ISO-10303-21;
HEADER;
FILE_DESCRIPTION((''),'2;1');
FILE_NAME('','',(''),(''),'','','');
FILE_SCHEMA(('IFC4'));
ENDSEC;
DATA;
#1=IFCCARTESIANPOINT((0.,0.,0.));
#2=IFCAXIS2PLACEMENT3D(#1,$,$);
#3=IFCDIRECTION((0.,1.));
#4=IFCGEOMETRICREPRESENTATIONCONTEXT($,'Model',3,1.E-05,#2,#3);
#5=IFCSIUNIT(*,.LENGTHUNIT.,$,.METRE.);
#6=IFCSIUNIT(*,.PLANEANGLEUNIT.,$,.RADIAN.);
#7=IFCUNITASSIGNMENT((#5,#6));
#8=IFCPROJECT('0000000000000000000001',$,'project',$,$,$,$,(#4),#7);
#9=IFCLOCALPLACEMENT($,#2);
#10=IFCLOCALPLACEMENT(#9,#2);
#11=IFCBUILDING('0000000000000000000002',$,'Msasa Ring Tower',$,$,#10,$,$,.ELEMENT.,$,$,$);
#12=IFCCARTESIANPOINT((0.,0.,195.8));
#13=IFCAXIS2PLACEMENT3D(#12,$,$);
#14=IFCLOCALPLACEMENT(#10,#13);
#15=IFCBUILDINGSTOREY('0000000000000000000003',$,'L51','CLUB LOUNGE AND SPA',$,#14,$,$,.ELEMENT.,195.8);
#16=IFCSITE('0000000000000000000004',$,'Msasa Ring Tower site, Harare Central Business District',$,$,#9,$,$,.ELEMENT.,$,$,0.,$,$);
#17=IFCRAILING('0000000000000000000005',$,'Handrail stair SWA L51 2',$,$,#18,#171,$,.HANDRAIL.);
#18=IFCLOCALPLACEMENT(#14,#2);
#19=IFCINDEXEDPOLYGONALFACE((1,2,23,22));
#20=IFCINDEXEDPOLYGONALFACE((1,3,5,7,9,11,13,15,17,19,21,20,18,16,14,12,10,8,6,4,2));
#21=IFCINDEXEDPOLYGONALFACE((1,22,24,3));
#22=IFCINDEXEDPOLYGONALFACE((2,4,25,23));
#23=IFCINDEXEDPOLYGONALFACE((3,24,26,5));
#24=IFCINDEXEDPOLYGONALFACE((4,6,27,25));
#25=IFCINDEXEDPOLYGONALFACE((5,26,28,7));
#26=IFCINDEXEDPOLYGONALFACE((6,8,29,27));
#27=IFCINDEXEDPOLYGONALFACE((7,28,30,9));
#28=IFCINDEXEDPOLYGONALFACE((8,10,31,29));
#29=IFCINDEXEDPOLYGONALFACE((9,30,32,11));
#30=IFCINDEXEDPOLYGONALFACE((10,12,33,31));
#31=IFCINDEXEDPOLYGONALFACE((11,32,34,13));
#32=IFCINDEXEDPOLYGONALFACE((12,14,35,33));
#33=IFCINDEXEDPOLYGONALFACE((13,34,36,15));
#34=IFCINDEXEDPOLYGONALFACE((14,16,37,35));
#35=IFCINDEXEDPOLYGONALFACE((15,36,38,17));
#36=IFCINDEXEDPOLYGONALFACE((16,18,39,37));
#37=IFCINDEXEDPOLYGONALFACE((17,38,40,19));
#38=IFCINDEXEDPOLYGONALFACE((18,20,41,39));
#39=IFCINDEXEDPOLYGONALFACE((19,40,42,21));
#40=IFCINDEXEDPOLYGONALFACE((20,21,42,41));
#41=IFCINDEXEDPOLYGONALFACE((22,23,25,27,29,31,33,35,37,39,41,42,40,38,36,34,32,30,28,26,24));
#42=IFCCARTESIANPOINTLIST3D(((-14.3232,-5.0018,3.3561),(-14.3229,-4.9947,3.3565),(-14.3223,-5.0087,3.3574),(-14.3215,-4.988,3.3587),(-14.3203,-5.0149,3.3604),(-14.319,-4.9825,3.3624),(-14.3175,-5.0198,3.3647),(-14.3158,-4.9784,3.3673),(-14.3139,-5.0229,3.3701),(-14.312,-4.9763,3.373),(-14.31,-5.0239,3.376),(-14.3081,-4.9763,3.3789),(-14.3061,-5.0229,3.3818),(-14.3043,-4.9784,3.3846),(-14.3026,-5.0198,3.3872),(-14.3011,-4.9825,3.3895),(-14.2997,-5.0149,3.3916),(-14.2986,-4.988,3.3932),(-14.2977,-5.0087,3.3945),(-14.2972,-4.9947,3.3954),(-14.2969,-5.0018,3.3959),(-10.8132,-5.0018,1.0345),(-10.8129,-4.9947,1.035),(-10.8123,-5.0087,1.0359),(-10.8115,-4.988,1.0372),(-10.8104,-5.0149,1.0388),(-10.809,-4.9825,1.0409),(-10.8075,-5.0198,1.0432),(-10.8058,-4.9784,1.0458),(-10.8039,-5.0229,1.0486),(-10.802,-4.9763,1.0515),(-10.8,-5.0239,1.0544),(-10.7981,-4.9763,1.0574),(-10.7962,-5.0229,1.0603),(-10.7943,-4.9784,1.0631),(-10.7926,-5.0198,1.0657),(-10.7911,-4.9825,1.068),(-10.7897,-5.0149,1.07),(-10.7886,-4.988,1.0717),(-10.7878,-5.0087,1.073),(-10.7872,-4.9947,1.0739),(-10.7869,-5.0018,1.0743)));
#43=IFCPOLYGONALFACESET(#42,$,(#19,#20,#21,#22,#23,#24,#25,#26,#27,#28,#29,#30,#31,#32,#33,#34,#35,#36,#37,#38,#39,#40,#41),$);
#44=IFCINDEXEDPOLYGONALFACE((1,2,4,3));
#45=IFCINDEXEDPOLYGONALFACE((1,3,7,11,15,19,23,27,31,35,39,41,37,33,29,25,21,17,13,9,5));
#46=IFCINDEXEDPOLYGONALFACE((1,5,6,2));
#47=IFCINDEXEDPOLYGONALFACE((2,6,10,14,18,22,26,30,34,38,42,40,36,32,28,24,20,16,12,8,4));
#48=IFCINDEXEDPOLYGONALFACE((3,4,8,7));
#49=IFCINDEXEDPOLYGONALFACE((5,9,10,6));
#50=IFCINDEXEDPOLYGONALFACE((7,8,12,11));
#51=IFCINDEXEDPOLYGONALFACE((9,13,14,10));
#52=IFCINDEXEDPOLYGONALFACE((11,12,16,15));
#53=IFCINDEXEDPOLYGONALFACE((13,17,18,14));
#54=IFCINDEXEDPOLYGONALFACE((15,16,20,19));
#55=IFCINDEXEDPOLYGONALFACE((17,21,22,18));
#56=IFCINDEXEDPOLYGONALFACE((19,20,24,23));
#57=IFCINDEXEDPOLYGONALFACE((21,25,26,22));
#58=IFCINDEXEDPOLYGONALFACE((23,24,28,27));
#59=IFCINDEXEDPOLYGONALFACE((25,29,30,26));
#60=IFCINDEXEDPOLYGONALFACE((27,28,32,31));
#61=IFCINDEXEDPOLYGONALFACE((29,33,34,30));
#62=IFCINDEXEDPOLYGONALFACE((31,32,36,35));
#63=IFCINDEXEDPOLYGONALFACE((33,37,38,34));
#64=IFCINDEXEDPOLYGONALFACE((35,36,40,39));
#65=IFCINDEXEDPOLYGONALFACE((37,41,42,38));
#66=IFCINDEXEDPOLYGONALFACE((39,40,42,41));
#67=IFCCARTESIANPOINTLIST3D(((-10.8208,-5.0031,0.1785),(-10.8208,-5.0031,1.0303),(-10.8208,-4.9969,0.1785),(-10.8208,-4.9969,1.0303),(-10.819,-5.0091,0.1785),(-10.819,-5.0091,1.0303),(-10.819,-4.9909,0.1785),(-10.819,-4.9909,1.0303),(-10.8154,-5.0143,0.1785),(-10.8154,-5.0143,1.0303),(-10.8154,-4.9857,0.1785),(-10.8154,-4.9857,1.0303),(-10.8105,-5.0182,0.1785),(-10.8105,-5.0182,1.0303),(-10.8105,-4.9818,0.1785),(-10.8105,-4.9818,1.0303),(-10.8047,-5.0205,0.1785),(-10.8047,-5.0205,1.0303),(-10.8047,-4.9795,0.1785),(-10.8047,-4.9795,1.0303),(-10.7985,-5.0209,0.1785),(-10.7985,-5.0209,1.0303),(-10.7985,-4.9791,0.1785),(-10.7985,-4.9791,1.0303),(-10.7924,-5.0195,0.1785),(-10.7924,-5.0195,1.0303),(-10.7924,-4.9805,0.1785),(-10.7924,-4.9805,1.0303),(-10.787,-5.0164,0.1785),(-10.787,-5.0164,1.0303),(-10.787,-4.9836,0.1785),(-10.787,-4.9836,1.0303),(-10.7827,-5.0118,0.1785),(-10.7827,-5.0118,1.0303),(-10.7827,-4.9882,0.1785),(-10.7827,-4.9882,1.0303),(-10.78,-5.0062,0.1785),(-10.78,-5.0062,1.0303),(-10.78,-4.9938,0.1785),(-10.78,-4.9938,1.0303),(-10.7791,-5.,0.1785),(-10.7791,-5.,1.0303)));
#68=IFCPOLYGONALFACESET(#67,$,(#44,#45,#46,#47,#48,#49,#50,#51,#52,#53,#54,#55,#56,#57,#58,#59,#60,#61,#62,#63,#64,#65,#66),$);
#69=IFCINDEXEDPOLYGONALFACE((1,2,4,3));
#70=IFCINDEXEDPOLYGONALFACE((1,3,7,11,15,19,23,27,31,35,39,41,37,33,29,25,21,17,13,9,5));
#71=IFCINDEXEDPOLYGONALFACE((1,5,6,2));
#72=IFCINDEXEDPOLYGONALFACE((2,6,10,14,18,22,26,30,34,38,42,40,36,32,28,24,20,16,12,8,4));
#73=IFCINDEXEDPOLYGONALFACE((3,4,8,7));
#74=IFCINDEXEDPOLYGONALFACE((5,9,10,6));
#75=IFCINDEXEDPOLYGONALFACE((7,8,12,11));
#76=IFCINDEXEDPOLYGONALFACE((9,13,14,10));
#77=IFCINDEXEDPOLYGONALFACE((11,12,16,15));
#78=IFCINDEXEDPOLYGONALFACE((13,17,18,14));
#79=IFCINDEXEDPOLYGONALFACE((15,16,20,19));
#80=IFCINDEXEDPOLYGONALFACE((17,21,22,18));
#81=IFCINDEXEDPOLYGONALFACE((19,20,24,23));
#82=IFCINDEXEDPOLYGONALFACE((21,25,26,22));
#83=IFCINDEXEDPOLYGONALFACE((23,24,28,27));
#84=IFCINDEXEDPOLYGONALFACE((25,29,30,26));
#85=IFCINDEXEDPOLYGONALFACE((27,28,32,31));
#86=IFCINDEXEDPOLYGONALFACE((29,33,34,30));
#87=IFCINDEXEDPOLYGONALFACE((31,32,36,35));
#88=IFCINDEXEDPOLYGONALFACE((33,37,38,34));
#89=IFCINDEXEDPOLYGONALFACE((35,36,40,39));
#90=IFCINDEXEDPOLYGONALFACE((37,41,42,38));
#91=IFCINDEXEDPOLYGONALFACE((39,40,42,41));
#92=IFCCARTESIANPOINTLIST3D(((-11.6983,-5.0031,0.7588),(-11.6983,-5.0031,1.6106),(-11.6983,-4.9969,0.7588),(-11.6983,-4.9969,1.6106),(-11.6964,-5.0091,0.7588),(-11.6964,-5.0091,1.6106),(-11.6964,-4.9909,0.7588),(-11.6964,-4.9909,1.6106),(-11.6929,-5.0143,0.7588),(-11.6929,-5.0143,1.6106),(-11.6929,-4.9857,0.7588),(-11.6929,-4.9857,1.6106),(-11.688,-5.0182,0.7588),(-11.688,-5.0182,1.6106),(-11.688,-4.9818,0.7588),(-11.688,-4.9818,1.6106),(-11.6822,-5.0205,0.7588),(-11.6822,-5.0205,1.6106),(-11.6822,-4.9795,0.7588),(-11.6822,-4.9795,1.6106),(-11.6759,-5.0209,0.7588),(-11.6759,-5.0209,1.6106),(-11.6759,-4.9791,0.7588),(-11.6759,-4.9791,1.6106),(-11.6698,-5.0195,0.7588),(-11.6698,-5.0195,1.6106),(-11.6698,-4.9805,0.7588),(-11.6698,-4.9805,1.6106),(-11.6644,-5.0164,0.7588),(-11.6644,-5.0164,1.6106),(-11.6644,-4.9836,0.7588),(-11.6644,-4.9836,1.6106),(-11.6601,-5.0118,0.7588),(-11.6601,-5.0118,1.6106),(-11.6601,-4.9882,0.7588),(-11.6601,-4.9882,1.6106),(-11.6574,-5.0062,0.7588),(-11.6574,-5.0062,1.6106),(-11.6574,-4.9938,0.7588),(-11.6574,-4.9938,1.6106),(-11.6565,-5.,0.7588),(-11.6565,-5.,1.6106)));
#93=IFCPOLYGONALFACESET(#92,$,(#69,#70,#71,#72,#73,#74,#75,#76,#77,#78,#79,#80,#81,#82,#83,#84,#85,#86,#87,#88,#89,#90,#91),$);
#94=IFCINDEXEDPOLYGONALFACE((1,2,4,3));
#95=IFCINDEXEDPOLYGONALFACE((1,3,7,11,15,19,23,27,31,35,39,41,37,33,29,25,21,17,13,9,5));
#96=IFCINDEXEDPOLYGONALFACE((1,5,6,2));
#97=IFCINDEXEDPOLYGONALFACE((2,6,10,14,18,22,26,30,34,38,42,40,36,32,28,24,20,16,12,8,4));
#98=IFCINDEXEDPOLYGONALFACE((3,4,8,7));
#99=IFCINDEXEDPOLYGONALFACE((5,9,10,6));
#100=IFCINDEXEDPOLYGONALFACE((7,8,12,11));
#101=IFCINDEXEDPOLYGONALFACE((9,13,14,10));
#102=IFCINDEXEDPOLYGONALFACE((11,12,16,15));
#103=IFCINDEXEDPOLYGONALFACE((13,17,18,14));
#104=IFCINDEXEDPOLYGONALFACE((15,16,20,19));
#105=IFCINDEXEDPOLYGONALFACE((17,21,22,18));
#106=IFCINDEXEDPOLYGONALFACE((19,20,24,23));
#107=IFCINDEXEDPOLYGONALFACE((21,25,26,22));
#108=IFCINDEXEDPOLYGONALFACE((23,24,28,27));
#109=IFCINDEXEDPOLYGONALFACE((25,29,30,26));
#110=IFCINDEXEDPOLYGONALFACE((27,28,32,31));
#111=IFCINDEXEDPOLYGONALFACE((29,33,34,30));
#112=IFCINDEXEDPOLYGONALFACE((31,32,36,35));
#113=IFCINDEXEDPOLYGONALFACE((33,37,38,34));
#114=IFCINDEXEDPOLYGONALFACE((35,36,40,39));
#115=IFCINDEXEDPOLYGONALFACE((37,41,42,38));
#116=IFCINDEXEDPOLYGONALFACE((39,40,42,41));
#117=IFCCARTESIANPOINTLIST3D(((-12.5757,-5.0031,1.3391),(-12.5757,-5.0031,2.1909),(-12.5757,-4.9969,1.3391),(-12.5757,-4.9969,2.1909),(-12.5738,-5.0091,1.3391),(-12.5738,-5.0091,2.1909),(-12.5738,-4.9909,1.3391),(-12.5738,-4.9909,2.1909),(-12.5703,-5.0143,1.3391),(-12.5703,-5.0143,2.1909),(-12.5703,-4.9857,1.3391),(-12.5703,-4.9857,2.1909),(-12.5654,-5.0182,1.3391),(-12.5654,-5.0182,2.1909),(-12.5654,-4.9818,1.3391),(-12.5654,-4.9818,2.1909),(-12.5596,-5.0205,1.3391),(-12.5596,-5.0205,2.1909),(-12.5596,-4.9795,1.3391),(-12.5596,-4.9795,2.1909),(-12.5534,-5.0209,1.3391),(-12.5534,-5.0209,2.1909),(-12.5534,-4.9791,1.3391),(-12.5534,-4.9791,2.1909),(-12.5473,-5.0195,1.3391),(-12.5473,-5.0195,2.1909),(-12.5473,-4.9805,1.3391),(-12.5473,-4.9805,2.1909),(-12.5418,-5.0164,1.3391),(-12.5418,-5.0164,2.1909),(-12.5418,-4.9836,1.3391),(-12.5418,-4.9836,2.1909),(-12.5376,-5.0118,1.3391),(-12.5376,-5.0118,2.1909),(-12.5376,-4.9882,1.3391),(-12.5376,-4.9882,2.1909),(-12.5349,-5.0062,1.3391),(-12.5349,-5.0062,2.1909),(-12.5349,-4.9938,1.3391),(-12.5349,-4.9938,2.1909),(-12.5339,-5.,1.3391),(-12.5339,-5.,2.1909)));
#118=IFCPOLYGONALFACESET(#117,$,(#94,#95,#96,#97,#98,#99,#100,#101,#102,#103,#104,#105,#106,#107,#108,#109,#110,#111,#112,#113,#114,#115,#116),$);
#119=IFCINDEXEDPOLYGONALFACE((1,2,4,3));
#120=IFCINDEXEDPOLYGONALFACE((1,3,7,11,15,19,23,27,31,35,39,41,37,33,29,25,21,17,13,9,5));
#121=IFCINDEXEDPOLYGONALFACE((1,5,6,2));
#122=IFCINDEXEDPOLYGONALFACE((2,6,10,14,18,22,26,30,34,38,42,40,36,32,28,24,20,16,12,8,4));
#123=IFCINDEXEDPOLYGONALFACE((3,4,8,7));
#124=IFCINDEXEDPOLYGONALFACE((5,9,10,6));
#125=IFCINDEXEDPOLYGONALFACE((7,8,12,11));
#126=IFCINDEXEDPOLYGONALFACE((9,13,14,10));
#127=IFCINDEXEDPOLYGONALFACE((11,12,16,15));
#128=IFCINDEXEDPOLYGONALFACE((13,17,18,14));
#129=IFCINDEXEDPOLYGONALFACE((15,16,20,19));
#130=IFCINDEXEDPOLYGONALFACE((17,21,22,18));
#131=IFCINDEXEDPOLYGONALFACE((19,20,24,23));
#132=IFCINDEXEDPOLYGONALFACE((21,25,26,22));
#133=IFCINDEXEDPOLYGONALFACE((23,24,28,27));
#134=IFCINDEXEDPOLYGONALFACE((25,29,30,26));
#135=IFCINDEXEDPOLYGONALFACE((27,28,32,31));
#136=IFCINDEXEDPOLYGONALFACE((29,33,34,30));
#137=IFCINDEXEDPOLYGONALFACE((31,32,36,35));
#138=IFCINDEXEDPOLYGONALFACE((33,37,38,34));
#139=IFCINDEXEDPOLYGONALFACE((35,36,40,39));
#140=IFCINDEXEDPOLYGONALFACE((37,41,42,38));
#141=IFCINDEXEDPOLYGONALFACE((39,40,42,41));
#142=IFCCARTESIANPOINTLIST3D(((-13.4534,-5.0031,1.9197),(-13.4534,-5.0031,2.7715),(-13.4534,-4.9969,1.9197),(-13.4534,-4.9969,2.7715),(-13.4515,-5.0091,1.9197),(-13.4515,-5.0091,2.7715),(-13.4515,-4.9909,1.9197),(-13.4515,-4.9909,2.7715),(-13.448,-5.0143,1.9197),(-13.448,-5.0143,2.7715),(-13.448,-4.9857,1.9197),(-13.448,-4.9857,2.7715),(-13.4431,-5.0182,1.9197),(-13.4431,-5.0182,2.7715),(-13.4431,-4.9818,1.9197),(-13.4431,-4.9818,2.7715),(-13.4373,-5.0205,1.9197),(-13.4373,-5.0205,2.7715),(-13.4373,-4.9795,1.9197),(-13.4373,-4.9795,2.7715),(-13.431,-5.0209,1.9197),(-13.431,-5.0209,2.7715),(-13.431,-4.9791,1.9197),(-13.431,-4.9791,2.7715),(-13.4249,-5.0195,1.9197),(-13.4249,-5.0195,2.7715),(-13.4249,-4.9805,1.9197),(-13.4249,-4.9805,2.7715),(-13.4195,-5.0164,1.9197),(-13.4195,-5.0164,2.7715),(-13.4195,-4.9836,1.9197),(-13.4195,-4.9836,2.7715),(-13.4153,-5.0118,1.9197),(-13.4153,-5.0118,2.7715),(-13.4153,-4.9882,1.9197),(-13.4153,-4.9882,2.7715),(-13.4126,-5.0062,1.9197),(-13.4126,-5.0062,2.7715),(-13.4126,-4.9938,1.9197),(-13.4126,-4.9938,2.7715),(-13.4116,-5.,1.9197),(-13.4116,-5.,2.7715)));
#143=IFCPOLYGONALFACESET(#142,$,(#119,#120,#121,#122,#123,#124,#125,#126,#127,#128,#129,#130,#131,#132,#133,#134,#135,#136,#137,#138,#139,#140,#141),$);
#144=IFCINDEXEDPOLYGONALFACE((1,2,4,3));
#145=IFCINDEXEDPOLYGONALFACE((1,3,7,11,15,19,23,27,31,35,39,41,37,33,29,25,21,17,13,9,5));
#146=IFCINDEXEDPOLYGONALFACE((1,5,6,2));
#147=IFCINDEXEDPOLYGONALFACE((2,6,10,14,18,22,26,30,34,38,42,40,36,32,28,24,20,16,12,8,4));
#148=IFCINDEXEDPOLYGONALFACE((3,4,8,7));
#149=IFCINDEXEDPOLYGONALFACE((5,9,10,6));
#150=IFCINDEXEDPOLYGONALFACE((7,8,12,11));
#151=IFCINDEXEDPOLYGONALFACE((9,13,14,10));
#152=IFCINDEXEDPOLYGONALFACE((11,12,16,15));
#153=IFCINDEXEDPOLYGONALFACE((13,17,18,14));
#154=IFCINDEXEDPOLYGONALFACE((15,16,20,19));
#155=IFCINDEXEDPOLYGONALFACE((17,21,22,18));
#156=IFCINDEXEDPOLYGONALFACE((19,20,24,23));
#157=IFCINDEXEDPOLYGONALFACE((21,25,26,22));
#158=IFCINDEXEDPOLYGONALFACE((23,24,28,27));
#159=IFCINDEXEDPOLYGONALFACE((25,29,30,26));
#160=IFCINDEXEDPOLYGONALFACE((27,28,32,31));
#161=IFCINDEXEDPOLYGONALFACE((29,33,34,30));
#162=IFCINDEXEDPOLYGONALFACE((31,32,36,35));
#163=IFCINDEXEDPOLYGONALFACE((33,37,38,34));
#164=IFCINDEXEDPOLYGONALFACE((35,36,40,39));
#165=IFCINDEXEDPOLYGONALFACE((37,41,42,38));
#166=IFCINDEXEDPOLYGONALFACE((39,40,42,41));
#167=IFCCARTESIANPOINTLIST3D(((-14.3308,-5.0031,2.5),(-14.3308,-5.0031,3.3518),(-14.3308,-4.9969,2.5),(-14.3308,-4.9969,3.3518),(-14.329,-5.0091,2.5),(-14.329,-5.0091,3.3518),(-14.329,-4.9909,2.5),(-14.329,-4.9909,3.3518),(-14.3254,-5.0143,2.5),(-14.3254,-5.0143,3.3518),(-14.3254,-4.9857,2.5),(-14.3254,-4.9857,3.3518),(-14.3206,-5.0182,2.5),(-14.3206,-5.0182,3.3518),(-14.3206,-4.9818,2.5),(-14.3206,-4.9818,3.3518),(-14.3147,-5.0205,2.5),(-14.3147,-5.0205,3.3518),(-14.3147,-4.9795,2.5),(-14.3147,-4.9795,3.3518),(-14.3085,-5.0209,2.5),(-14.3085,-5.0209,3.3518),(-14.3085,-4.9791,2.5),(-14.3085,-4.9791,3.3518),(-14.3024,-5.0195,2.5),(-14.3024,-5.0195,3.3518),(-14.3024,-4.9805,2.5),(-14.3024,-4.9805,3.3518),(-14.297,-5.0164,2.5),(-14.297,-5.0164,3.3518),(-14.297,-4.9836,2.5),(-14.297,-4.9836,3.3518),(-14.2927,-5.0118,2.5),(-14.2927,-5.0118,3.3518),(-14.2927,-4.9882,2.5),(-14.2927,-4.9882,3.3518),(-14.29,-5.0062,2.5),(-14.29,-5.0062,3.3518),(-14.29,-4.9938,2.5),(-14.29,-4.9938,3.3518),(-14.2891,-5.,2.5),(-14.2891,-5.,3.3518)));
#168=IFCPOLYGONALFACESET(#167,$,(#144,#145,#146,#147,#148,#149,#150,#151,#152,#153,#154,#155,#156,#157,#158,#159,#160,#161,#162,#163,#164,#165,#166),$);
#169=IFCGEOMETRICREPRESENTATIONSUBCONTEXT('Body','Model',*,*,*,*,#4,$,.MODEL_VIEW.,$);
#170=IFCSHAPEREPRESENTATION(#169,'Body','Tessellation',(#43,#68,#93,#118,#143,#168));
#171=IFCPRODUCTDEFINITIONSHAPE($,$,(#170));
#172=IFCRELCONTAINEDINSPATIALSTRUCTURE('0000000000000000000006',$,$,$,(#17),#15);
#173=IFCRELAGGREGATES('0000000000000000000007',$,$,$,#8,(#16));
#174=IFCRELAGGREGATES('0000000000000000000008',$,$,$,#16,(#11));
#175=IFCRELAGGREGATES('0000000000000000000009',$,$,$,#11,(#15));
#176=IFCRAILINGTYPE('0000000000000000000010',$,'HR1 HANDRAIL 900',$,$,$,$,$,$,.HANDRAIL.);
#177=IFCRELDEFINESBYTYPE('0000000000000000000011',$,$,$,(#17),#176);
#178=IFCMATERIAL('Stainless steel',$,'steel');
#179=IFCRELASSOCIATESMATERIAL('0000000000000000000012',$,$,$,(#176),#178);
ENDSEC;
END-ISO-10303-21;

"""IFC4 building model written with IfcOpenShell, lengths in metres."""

from ifc_helpers import new_model, si_unit, direction, frame, origin, origin_2d, place, context, subcontext, project, spatial, circle, extrude, material, type_object, element, save


model = new_model("IFC4")

# Units and contexts
model_context = context("Model", 3, precision=1e-05, world=origin(), true_north=direction((0.0, 1.0)))
body_context = subcontext(model_context, "Body", "Model", "MODEL_VIEW")
ifc_project = project(units=[si_unit("LENGTHUNIT", "METRE"), si_unit("PLANEANGLEUNIT", "RADIAN")], contexts=[model_context])

# Site, building, storey
site_placement = place(None, origin())
site = spatial("IfcSite", under=ifc_project, at=site_placement, Name="Msasa Ring Tower site, Harare Central Business District", CompositionType="ELEMENT", RefElevation=0.0)
building_placement = place(site_placement, origin())
building = spatial("IfcBuilding", under=site, at=building_placement, Name="Msasa Ring Tower", CompositionType="ELEMENT")
storey_placement = place(building_placement, frame((0.0, 0.0, 195.8)))
storey = spatial("IfcBuildingStorey", under=building, at=storey_placement, Name="L51", Description="CLUB LOUNGE AND SPA", CompositionType="ELEMENT", Elevation=195.8)

# Railing
ifc_material_1 = material(Name="Stainless steel", Category="steel")
railing_type = type_object("IfcRailingType", Name="HR1 HANDRAIL 900", PredefinedType="HANDRAIL", material=ifc_material_1)
for number, where, name in (
    (1, (-10.8, -5.0, 0.1785), "Handrail stair SWA L51 2"),
):
    element("IfcRailing", number, at=place(storey_placement, frame(where)), inside=storey, type_object=railing_type, Name=name, PredefinedType="HANDRAIL", context=body_context, shape_type="SweptSolid", body=[
        extrude(circle(Radius=0.0239, at=origin_2d()), frame((0.0, 0.0, 0.876), z_axis=(-0.834071, 0.0, 0.551657), x_axis=(0.0, -1.0, 0.0)), (0.0, 0.0, 1.0), 4.2083),
        extrude(circle(Radius=0.021, at=origin_2d()), origin(), (0.0, 0.0, 1.0), 0.8518),
        extrude(circle(Radius=0.021, at=origin_2d()), frame((-0.8774, 0.0, 0.5803)), (0.0, 0.0, 1.0), 0.8518),
        extrude(circle(Radius=0.021, at=origin_2d()), frame((-1.7549, 0.0, 1.1606)), (0.0, 0.0, 1.0), 0.8518),
        extrude(circle(Radius=0.021, at=origin_2d()), frame((-2.6326, 0.0, 1.7412)), (0.0, 0.0, 1.0), 0.8518),
        extrude(circle(Radius=0.021, at=origin_2d()), frame((-3.51, 0.0, 2.3215)), (0.0, 0.0, 1.0), 0.8518),
    ])

save(model, "model.ifc")
